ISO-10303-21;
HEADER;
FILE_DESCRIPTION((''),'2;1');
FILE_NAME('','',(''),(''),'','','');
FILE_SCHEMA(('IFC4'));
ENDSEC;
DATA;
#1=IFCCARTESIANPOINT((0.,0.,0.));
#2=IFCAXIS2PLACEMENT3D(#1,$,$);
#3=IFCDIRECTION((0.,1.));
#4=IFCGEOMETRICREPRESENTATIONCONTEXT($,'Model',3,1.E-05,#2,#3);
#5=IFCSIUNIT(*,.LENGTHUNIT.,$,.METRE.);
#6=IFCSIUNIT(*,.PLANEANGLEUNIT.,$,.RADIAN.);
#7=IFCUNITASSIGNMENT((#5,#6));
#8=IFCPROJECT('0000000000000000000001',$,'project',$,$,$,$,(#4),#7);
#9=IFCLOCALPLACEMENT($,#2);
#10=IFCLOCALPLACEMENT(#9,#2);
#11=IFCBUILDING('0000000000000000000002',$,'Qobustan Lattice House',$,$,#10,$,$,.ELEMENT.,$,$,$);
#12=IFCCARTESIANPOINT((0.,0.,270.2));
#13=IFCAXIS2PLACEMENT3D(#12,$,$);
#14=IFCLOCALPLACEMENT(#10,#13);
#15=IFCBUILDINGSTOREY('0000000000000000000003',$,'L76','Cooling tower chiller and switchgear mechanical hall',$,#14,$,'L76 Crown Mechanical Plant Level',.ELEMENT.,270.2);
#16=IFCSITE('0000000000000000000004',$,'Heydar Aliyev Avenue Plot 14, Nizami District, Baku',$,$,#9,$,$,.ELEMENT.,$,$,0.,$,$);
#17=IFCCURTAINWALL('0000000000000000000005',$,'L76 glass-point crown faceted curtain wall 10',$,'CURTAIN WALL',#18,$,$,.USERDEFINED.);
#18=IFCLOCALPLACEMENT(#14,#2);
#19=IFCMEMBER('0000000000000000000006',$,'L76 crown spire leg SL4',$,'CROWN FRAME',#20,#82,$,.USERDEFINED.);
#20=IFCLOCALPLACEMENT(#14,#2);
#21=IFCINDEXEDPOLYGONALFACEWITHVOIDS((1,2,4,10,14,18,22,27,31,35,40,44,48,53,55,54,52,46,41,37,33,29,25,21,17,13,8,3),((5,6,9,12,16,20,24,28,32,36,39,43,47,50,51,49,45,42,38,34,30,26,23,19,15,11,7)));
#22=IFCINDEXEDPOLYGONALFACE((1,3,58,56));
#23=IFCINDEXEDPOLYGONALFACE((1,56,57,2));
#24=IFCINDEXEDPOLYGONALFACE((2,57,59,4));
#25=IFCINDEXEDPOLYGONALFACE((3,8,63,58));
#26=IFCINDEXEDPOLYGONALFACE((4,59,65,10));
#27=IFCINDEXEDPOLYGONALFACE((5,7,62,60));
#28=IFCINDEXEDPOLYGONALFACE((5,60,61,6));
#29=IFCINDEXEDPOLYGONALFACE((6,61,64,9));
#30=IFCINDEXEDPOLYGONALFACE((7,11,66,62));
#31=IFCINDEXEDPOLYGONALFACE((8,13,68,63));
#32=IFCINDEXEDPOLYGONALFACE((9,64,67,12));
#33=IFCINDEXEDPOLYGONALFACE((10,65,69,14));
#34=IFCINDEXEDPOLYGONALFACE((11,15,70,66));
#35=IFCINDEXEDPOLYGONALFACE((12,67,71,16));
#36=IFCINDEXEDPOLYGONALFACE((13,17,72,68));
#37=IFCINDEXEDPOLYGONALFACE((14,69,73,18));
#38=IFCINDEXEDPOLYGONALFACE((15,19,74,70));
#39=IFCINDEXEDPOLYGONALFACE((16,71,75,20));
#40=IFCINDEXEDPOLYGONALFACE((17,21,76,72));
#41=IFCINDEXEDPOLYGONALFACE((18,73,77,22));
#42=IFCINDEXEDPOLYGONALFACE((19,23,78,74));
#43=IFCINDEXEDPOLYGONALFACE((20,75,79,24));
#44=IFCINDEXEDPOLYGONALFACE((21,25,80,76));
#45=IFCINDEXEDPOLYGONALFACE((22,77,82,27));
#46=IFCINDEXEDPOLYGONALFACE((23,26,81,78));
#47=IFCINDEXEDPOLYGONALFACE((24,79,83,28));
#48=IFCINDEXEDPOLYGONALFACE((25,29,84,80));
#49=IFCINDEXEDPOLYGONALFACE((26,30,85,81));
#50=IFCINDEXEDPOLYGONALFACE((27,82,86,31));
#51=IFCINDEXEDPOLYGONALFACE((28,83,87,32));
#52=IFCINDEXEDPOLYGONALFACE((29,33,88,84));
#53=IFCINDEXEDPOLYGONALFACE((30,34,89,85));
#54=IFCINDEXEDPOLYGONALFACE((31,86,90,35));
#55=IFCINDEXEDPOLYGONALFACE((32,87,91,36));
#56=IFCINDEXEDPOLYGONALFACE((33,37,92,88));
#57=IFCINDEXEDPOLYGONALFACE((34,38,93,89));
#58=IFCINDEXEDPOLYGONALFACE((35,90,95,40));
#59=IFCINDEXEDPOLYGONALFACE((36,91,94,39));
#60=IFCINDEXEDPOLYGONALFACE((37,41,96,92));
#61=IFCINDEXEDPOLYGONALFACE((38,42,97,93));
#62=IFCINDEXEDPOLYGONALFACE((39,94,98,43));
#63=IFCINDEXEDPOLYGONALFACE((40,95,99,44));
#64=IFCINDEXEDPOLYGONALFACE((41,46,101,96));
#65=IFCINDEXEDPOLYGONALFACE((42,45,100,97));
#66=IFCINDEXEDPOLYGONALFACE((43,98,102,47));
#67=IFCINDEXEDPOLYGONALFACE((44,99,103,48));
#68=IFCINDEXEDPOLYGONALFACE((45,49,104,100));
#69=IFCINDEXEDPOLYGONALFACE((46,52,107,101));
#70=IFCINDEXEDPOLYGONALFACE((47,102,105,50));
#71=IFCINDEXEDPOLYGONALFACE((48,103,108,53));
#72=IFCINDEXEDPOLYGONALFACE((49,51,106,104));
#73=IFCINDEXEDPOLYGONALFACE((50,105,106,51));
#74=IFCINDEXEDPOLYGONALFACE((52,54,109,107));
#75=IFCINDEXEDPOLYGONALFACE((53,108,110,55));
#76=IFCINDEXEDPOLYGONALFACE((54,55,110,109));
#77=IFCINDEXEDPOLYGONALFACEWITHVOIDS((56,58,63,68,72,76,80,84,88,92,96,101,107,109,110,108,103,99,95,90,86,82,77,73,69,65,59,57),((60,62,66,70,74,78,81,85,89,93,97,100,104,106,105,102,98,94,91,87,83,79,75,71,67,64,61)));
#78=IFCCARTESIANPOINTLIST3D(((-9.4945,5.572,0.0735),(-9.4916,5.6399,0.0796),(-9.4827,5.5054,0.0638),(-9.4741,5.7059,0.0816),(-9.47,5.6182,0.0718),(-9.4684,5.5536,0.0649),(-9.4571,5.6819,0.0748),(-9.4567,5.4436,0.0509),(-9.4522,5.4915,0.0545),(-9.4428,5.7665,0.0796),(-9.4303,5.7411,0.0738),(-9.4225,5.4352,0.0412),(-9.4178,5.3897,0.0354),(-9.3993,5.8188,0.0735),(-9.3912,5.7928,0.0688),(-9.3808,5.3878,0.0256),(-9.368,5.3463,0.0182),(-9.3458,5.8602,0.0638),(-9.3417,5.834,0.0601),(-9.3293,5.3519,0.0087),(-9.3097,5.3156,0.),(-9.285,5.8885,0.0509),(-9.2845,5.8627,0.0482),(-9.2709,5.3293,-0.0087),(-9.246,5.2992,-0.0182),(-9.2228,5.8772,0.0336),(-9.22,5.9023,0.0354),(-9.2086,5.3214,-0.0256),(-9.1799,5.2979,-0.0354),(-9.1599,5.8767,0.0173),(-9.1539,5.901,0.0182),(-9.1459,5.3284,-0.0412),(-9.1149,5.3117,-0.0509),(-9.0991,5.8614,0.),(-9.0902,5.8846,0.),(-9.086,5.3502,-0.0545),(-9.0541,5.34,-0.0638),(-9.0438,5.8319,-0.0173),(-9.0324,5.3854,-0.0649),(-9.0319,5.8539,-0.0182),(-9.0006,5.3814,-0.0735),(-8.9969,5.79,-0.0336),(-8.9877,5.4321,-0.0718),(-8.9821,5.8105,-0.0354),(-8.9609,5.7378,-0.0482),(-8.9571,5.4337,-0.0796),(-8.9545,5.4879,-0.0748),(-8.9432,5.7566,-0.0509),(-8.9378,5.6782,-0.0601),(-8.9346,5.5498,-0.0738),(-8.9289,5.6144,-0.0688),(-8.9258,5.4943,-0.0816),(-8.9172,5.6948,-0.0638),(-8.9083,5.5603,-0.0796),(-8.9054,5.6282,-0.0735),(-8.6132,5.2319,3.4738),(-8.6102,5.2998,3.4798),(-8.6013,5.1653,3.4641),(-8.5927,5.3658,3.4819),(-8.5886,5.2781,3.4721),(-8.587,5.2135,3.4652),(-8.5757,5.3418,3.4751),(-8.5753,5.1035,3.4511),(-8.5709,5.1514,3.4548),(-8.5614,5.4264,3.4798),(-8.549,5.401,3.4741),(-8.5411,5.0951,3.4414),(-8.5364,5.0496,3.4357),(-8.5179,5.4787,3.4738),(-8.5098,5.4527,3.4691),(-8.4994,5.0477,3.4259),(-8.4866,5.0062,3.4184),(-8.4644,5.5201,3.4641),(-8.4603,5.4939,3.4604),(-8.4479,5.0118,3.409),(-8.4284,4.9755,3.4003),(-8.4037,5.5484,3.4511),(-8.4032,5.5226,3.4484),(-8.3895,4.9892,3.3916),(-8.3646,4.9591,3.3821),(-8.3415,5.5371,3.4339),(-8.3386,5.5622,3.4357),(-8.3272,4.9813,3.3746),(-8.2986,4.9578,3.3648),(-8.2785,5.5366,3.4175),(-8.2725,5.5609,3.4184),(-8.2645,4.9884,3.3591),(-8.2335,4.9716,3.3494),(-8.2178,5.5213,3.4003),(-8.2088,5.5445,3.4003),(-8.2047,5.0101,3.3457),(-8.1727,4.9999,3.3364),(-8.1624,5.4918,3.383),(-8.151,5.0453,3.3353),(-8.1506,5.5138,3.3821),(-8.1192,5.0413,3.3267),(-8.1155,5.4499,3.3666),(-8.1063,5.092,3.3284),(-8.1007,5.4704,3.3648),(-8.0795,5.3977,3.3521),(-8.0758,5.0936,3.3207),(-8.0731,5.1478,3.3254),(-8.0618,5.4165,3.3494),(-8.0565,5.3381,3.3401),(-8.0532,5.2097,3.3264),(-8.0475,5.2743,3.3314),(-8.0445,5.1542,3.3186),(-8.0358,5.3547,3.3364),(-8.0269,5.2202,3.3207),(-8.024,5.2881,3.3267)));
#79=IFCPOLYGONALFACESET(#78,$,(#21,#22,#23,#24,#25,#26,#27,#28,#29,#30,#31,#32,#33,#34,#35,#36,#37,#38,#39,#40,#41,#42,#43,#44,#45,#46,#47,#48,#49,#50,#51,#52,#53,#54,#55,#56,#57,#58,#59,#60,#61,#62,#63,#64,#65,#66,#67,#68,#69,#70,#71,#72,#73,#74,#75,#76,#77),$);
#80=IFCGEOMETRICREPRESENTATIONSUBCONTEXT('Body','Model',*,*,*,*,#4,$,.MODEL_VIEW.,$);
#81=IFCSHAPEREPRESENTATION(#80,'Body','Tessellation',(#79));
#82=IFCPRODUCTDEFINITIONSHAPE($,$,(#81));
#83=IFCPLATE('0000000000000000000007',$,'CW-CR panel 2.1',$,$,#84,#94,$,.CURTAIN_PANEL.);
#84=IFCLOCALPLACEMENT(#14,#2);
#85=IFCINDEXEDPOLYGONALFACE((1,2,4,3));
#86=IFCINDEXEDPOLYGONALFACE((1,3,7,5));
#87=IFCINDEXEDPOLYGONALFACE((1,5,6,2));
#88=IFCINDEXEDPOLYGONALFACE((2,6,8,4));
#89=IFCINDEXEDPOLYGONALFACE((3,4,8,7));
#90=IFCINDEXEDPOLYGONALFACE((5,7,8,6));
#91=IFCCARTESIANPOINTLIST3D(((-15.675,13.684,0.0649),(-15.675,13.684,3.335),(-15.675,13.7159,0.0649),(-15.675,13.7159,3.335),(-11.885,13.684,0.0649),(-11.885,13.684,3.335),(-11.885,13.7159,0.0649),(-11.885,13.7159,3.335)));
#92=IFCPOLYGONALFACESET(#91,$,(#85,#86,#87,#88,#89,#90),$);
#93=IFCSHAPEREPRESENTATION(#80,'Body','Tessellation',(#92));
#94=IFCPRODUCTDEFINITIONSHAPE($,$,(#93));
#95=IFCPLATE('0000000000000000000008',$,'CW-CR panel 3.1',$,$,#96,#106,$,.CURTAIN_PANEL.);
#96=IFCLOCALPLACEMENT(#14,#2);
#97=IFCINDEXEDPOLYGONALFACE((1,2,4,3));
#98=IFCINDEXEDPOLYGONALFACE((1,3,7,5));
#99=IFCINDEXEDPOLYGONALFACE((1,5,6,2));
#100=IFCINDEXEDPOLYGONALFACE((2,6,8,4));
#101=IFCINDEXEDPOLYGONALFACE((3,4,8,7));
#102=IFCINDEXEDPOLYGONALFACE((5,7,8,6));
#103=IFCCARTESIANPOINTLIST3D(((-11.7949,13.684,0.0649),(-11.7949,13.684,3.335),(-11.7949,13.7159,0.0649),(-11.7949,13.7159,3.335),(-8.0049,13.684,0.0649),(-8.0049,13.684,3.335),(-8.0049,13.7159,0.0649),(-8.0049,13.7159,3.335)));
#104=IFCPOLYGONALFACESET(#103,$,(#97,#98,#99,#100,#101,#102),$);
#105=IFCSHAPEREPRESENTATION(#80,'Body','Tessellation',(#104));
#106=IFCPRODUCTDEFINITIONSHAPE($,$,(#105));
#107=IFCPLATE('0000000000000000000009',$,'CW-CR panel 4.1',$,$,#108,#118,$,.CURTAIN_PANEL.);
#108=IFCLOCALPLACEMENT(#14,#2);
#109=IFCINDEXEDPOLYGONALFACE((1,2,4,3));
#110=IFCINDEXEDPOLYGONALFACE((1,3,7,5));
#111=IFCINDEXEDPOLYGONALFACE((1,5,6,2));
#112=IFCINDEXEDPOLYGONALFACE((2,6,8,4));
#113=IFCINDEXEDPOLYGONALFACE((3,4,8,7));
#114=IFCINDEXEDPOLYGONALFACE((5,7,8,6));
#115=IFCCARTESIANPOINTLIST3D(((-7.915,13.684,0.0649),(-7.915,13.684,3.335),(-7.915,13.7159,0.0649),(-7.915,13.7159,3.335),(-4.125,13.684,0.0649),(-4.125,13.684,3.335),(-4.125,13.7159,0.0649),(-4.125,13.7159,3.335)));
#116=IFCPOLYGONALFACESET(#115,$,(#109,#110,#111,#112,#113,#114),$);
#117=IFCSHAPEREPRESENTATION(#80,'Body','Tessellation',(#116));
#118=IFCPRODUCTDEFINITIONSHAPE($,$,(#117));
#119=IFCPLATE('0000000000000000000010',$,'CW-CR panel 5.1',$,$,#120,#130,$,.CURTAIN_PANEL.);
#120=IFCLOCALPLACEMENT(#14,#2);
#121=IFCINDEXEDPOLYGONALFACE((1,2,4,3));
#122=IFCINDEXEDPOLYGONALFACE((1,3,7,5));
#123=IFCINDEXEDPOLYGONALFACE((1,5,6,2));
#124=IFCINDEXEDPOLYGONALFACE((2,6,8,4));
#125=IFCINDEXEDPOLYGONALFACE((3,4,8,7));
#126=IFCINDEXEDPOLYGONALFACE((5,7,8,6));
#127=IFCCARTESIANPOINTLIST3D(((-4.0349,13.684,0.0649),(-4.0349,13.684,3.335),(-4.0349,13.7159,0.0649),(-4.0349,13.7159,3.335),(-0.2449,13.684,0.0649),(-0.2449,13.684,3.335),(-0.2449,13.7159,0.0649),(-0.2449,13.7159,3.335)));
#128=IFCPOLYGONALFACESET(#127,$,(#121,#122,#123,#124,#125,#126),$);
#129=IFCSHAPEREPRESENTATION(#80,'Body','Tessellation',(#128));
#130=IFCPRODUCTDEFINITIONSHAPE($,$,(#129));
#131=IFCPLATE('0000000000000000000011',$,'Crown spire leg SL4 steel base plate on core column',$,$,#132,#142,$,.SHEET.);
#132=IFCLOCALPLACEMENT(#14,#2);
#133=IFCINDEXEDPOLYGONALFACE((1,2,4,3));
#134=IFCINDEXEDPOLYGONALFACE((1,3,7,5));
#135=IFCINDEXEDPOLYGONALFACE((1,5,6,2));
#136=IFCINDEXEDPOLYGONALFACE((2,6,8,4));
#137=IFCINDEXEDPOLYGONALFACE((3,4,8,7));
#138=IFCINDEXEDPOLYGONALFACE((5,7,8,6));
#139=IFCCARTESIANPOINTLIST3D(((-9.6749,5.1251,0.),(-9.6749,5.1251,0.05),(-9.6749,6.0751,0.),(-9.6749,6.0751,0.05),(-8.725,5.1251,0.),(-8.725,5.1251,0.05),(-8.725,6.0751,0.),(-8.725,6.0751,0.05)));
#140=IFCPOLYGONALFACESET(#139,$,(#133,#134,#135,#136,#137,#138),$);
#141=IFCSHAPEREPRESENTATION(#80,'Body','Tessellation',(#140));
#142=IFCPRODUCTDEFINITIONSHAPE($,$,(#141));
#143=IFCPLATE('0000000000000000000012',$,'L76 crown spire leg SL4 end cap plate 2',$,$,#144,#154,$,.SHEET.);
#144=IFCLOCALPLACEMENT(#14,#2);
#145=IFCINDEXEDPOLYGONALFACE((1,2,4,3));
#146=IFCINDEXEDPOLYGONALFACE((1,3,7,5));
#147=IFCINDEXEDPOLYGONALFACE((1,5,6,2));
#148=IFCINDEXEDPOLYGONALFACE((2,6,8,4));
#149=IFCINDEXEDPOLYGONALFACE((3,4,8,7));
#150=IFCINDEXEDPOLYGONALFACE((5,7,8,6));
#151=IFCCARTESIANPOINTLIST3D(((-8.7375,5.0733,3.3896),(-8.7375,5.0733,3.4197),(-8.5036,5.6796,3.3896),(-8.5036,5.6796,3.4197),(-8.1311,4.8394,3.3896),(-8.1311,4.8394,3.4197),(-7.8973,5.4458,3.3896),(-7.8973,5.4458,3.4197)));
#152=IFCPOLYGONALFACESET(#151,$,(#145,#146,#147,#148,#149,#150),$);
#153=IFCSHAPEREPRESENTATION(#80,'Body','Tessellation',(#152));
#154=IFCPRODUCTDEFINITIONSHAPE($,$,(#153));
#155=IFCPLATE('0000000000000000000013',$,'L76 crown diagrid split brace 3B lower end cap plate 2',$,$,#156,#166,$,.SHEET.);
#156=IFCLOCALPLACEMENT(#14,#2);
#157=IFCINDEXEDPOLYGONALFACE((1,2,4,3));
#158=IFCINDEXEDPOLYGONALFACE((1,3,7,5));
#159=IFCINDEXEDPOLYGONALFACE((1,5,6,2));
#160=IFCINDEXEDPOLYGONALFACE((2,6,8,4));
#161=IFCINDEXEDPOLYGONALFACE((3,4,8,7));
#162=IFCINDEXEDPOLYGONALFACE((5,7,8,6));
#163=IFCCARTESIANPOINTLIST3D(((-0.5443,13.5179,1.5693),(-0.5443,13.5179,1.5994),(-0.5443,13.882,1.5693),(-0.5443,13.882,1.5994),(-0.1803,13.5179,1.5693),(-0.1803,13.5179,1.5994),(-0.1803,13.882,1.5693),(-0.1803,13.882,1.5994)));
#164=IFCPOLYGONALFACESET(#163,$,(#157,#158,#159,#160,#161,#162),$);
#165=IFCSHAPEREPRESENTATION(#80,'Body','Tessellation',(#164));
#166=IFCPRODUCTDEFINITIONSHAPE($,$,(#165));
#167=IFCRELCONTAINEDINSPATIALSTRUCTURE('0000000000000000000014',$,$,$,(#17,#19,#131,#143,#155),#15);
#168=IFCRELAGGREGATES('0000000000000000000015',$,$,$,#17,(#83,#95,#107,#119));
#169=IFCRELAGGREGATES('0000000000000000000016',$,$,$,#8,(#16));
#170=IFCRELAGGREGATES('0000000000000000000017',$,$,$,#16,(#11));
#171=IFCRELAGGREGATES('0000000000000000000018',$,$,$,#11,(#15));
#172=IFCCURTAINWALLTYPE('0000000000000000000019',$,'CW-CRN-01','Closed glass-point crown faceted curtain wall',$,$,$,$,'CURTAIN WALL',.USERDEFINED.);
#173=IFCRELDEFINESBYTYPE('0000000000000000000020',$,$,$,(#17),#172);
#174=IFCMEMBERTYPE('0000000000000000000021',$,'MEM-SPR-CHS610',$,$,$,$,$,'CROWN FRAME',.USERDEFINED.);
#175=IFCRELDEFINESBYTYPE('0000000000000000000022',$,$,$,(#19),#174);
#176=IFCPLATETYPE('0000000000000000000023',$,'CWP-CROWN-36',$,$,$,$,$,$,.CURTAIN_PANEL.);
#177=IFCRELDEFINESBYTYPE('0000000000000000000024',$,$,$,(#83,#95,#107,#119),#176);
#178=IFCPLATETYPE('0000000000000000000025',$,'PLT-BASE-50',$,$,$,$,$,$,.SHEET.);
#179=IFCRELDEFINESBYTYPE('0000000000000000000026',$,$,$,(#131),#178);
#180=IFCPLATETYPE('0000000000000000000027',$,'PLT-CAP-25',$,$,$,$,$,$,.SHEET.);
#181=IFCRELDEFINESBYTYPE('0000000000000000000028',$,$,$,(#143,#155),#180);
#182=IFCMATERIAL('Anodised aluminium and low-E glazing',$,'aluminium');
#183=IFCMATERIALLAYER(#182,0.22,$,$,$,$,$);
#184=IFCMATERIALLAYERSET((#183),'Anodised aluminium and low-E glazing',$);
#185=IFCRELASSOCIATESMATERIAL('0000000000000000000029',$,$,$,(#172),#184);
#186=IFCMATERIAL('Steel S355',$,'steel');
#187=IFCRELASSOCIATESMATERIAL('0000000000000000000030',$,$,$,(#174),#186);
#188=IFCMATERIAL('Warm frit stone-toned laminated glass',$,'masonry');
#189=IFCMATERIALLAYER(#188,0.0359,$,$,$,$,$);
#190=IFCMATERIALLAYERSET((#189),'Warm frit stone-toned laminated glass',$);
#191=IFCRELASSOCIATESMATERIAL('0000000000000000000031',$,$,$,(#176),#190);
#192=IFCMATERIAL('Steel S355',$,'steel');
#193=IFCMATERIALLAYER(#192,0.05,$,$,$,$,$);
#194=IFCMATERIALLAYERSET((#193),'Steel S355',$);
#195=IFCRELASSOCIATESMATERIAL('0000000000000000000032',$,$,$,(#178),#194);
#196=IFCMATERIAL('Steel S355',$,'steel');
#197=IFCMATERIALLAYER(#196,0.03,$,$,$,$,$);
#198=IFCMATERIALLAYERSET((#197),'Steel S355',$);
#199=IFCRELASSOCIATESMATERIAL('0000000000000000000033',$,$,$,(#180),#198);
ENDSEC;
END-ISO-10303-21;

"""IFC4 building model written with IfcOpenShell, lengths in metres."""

from ifc_helpers import new_model, si_unit, direction, frame, origin, origin_2d, place, context, subcontext, project, spatial, rectangle, hollow_circle, extrude, material, layer, layer_set, material_profile, profile_set, type_object, element, aggregate, save


model = new_model("IFC4")

# Units and contexts
model_context = context("Model", 3, precision=1e-05, world=origin(), true_north=direction((0.0, 1.0)))
body_context = subcontext(model_context, "Body", "Model", "MODEL_VIEW")
ifc_project = project(units=[si_unit("LENGTHUNIT", "METRE"), si_unit("PLANEANGLEUNIT", "RADIAN")], contexts=[model_context])

# Site, building, storey
site_placement = place(None, origin())
site = spatial("IfcSite", under=ifc_project, at=site_placement, Name="Heydar Aliyev Avenue Plot 14, Nizami District, Baku", CompositionType="ELEMENT", RefElevation=0.0)
building_placement = place(site_placement, origin())
building = spatial("IfcBuilding", under=site, at=building_placement, Name="Qobustan Lattice House", CompositionType="ELEMENT")
storey_placement = place(building_placement, frame((0.0, 0.0, 270.2)))
storey = spatial("IfcBuildingStorey", under=building, at=storey_placement, Name="L76", Description="Cooling tower chiller and switchgear mechanical hall", LongName="L76 Crown Mechanical Plant Level", CompositionType="ELEMENT", Elevation=270.2)

# Curtain wall
ifc_material_1 = material(Name="Anodised aluminium and low-E glazing", Category="aluminium")
ifc_layer_1 = layer(ifc_material_1, 0.22)
ifc_layer_set_1 = layer_set([ifc_layer_1], Name="Anodised aluminium and low-E glazing")
curtain_wall_type = type_object("IfcCurtainWallType", Name="CW-CRN-01", Description="Closed glass-point crown faceted curtain wall", ElementType="CURTAIN WALL", PredefinedType="USERDEFINED", material=ifc_layer_set_1)
curtain_wall_placement = place(storey_placement, origin())
curtain_wall = element("IfcCurtainWall", 1, at=curtain_wall_placement, inside=storey, type_object=curtain_wall_type, Name="L76 glass-point crown faceted curtain wall 10", ObjectType="CURTAIN WALL", PredefinedType="USERDEFINED")

# Member
ifc_material_2 = material(Name="Steel S355", Category="steel")
ifc_material_profile_1 = material_profile(ifc_material_2, hollow_circle(Radius=0.3049, WallThickness=0.0249, at=origin_2d()), Name="CHS610x25")
ifc_profile_set_1 = profile_set([ifc_material_profile_1], Name="Steel S355")
member_type_1 = type_object("IfcMemberType", Name="MEM-SPR-CHS610", ElementType="CROWN FRAME", PredefinedType="USERDEFINED", material=ifc_profile_set_1)
member_1_placement = place(storey_placement, frame((-9.2, 5.6001, 0.0), z_axis=(0.249748, -0.096371, 0.963503), x_axis=(0.360001, 0.932952, 0.0)))
element("IfcMember", 2, at=member_1_placement, inside=storey, type_object=member_type_1, Name="L76 crown spire leg SL4", ObjectType="CROWN FRAME", PredefinedType="USERDEFINED", context=body_context, shape_type="SweptSolid", body=[
    extrude(hollow_circle(Radius=0.3049, WallThickness=0.0249, at=origin_2d()), origin(), (0.0, 0.0, 1.0), 3.5291),
])

# Plates
ifc_material_3 = material(Name="Warm frit stone-toned laminated glass", Category="masonry")
ifc_layer_2 = layer(ifc_material_3, 0.0359)
ifc_layer_set_2 = layer_set([ifc_layer_2], Name="Warm frit stone-toned laminated glass")
plate_type_1 = type_object("IfcPlateType", Name="CWP-CROWN-36", PredefinedType="CURTAIN_PANEL", material=ifc_layer_set_2)
plate_1_placement = place(storey_placement, frame((-13.78, 13.7, 0.0649), z_axis=(0.0, 0.0, 1.0), x_axis=(1.0, 0.0, 0.0)))
plate_1 = element("IfcPlate", 3, at=plate_1_placement, type_object=plate_type_1, Name="CW-CR panel 2.1", PredefinedType="CURTAIN_PANEL", context=body_context, shape_type="SweptSolid", body=[
    extrude(rectangle(XDim=3.79, YDim=0.032, at=origin_2d()), origin(), (0.0, 0.0, 1.0), 3.27),
])
plate_2_placement = place(storey_placement, frame((-9.8999, 13.7, 0.0649), z_axis=(0.0, 0.0, 1.0), x_axis=(1.0, 0.0, 0.0)))
plate_2 = element("IfcPlate", 4, at=plate_2_placement, type_object=plate_type_1, Name="CW-CR panel 3.1", PredefinedType="CURTAIN_PANEL", context=body_context, shape_type="SweptSolid", body=[
    extrude(rectangle(XDim=3.79, YDim=0.032, at=origin_2d()), origin(), (0.0, 0.0, 1.0), 3.27),
])
plate_3_placement = place(storey_placement, frame((-6.02, 13.7, 0.0649), z_axis=(0.0, 0.0, 1.0), x_axis=(1.0, 0.0, 0.0)))
plate_3 = element("IfcPlate", 5, at=plate_3_placement, type_object=plate_type_1, Name="CW-CR panel 4.1", PredefinedType="CURTAIN_PANEL", context=body_context, shape_type="SweptSolid", body=[
    extrude(rectangle(XDim=3.79, YDim=0.032, at=origin_2d()), origin(), (0.0, 0.0, 1.0), 3.27),
])
plate_4_placement = place(storey_placement, frame((-2.1399, 13.7, 0.0649), z_axis=(0.0, 0.0, 1.0), x_axis=(1.0, 0.0, 0.0)))
plate_4 = element("IfcPlate", 6, at=plate_4_placement, type_object=plate_type_1, Name="CW-CR panel 5.1", PredefinedType="CURTAIN_PANEL", context=body_context, shape_type="SweptSolid", body=[
    extrude(rectangle(XDim=3.79, YDim=0.032, at=origin_2d()), origin(), (0.0, 0.0, 1.0), 3.27),
])
aggregate(curtain_wall, [plate_1, plate_2, plate_3, plate_4])

# Plates
ifc_material_4 = material(Name="Steel S355", Category="steel")
ifc_layer_3 = layer(ifc_material_4, 0.05)
ifc_layer_set_3 = layer_set([ifc_layer_3], Name="Steel S355")
plate_type_2 = type_object("IfcPlateType", Name="PLT-BASE-50", PredefinedType="SHEET", material=ifc_layer_set_3)
plate_5_placement = place(storey_placement, frame((-9.2, 5.6001, 0.0), z_axis=(0.0, 0.0, 1.0), x_axis=(1.0, 0.0, 0.0)))
element("IfcPlate", 7, at=plate_5_placement, inside=storey, type_object=plate_type_2, Name="Crown spire leg SL4 steel base plate on core column", PredefinedType="SHEET", context=body_context, shape_type="SweptSolid", body=[
    extrude(rectangle(XDim=0.95, YDim=0.95, at=origin_2d()), origin(), (0.0, 0.0, 1.0), 0.05),
])
ifc_material_5 = material(Name="Steel S355", Category="steel")
ifc_layer_4 = layer(ifc_material_5, 0.03)
ifc_layer_set_4 = layer_set([ifc_layer_4], Name="Steel S355")
plate_type_3 = type_object("IfcPlateType", Name="PLT-CAP-25", PredefinedType="SHEET", material=ifc_layer_set_4)
plate_6_placement = place(storey_placement, frame((-8.3174, 5.2595, 3.3896), z_axis=(0.0, 0.0, 1.0), x_axis=(0.933004, -0.359867, 0.0)))
element("IfcPlate", 8, at=plate_6_placement, inside=storey, type_object=plate_type_3, Name="L76 crown spire leg SL4 end cap plate 2", PredefinedType="SHEET", context=body_context, shape_type="SweptSolid", body=[
    extrude(rectangle(XDim=0.6499, YDim=0.6499, at=origin_2d()), origin(), (0.0, 0.0, 1.0), 0.03),
])
plate_7_placement = place(storey_placement, frame((-0.3623, 13.7, 1.5693), z_axis=(0.0, 0.0, 1.0), x_axis=(1.0, 0.0, 0.0)))
element("IfcPlate", 9, at=plate_7_placement, inside=storey, type_object=plate_type_3, Name="L76 crown diagrid split brace 3B lower end cap plate 2", PredefinedType="SHEET", context=body_context, shape_type="SweptSolid", body=[
    extrude(rectangle(XDim=0.364, YDim=0.364, at=origin_2d()), origin(), (0.0, 0.0, 1.0), 0.03),
])

save(model, "model.ifc")
